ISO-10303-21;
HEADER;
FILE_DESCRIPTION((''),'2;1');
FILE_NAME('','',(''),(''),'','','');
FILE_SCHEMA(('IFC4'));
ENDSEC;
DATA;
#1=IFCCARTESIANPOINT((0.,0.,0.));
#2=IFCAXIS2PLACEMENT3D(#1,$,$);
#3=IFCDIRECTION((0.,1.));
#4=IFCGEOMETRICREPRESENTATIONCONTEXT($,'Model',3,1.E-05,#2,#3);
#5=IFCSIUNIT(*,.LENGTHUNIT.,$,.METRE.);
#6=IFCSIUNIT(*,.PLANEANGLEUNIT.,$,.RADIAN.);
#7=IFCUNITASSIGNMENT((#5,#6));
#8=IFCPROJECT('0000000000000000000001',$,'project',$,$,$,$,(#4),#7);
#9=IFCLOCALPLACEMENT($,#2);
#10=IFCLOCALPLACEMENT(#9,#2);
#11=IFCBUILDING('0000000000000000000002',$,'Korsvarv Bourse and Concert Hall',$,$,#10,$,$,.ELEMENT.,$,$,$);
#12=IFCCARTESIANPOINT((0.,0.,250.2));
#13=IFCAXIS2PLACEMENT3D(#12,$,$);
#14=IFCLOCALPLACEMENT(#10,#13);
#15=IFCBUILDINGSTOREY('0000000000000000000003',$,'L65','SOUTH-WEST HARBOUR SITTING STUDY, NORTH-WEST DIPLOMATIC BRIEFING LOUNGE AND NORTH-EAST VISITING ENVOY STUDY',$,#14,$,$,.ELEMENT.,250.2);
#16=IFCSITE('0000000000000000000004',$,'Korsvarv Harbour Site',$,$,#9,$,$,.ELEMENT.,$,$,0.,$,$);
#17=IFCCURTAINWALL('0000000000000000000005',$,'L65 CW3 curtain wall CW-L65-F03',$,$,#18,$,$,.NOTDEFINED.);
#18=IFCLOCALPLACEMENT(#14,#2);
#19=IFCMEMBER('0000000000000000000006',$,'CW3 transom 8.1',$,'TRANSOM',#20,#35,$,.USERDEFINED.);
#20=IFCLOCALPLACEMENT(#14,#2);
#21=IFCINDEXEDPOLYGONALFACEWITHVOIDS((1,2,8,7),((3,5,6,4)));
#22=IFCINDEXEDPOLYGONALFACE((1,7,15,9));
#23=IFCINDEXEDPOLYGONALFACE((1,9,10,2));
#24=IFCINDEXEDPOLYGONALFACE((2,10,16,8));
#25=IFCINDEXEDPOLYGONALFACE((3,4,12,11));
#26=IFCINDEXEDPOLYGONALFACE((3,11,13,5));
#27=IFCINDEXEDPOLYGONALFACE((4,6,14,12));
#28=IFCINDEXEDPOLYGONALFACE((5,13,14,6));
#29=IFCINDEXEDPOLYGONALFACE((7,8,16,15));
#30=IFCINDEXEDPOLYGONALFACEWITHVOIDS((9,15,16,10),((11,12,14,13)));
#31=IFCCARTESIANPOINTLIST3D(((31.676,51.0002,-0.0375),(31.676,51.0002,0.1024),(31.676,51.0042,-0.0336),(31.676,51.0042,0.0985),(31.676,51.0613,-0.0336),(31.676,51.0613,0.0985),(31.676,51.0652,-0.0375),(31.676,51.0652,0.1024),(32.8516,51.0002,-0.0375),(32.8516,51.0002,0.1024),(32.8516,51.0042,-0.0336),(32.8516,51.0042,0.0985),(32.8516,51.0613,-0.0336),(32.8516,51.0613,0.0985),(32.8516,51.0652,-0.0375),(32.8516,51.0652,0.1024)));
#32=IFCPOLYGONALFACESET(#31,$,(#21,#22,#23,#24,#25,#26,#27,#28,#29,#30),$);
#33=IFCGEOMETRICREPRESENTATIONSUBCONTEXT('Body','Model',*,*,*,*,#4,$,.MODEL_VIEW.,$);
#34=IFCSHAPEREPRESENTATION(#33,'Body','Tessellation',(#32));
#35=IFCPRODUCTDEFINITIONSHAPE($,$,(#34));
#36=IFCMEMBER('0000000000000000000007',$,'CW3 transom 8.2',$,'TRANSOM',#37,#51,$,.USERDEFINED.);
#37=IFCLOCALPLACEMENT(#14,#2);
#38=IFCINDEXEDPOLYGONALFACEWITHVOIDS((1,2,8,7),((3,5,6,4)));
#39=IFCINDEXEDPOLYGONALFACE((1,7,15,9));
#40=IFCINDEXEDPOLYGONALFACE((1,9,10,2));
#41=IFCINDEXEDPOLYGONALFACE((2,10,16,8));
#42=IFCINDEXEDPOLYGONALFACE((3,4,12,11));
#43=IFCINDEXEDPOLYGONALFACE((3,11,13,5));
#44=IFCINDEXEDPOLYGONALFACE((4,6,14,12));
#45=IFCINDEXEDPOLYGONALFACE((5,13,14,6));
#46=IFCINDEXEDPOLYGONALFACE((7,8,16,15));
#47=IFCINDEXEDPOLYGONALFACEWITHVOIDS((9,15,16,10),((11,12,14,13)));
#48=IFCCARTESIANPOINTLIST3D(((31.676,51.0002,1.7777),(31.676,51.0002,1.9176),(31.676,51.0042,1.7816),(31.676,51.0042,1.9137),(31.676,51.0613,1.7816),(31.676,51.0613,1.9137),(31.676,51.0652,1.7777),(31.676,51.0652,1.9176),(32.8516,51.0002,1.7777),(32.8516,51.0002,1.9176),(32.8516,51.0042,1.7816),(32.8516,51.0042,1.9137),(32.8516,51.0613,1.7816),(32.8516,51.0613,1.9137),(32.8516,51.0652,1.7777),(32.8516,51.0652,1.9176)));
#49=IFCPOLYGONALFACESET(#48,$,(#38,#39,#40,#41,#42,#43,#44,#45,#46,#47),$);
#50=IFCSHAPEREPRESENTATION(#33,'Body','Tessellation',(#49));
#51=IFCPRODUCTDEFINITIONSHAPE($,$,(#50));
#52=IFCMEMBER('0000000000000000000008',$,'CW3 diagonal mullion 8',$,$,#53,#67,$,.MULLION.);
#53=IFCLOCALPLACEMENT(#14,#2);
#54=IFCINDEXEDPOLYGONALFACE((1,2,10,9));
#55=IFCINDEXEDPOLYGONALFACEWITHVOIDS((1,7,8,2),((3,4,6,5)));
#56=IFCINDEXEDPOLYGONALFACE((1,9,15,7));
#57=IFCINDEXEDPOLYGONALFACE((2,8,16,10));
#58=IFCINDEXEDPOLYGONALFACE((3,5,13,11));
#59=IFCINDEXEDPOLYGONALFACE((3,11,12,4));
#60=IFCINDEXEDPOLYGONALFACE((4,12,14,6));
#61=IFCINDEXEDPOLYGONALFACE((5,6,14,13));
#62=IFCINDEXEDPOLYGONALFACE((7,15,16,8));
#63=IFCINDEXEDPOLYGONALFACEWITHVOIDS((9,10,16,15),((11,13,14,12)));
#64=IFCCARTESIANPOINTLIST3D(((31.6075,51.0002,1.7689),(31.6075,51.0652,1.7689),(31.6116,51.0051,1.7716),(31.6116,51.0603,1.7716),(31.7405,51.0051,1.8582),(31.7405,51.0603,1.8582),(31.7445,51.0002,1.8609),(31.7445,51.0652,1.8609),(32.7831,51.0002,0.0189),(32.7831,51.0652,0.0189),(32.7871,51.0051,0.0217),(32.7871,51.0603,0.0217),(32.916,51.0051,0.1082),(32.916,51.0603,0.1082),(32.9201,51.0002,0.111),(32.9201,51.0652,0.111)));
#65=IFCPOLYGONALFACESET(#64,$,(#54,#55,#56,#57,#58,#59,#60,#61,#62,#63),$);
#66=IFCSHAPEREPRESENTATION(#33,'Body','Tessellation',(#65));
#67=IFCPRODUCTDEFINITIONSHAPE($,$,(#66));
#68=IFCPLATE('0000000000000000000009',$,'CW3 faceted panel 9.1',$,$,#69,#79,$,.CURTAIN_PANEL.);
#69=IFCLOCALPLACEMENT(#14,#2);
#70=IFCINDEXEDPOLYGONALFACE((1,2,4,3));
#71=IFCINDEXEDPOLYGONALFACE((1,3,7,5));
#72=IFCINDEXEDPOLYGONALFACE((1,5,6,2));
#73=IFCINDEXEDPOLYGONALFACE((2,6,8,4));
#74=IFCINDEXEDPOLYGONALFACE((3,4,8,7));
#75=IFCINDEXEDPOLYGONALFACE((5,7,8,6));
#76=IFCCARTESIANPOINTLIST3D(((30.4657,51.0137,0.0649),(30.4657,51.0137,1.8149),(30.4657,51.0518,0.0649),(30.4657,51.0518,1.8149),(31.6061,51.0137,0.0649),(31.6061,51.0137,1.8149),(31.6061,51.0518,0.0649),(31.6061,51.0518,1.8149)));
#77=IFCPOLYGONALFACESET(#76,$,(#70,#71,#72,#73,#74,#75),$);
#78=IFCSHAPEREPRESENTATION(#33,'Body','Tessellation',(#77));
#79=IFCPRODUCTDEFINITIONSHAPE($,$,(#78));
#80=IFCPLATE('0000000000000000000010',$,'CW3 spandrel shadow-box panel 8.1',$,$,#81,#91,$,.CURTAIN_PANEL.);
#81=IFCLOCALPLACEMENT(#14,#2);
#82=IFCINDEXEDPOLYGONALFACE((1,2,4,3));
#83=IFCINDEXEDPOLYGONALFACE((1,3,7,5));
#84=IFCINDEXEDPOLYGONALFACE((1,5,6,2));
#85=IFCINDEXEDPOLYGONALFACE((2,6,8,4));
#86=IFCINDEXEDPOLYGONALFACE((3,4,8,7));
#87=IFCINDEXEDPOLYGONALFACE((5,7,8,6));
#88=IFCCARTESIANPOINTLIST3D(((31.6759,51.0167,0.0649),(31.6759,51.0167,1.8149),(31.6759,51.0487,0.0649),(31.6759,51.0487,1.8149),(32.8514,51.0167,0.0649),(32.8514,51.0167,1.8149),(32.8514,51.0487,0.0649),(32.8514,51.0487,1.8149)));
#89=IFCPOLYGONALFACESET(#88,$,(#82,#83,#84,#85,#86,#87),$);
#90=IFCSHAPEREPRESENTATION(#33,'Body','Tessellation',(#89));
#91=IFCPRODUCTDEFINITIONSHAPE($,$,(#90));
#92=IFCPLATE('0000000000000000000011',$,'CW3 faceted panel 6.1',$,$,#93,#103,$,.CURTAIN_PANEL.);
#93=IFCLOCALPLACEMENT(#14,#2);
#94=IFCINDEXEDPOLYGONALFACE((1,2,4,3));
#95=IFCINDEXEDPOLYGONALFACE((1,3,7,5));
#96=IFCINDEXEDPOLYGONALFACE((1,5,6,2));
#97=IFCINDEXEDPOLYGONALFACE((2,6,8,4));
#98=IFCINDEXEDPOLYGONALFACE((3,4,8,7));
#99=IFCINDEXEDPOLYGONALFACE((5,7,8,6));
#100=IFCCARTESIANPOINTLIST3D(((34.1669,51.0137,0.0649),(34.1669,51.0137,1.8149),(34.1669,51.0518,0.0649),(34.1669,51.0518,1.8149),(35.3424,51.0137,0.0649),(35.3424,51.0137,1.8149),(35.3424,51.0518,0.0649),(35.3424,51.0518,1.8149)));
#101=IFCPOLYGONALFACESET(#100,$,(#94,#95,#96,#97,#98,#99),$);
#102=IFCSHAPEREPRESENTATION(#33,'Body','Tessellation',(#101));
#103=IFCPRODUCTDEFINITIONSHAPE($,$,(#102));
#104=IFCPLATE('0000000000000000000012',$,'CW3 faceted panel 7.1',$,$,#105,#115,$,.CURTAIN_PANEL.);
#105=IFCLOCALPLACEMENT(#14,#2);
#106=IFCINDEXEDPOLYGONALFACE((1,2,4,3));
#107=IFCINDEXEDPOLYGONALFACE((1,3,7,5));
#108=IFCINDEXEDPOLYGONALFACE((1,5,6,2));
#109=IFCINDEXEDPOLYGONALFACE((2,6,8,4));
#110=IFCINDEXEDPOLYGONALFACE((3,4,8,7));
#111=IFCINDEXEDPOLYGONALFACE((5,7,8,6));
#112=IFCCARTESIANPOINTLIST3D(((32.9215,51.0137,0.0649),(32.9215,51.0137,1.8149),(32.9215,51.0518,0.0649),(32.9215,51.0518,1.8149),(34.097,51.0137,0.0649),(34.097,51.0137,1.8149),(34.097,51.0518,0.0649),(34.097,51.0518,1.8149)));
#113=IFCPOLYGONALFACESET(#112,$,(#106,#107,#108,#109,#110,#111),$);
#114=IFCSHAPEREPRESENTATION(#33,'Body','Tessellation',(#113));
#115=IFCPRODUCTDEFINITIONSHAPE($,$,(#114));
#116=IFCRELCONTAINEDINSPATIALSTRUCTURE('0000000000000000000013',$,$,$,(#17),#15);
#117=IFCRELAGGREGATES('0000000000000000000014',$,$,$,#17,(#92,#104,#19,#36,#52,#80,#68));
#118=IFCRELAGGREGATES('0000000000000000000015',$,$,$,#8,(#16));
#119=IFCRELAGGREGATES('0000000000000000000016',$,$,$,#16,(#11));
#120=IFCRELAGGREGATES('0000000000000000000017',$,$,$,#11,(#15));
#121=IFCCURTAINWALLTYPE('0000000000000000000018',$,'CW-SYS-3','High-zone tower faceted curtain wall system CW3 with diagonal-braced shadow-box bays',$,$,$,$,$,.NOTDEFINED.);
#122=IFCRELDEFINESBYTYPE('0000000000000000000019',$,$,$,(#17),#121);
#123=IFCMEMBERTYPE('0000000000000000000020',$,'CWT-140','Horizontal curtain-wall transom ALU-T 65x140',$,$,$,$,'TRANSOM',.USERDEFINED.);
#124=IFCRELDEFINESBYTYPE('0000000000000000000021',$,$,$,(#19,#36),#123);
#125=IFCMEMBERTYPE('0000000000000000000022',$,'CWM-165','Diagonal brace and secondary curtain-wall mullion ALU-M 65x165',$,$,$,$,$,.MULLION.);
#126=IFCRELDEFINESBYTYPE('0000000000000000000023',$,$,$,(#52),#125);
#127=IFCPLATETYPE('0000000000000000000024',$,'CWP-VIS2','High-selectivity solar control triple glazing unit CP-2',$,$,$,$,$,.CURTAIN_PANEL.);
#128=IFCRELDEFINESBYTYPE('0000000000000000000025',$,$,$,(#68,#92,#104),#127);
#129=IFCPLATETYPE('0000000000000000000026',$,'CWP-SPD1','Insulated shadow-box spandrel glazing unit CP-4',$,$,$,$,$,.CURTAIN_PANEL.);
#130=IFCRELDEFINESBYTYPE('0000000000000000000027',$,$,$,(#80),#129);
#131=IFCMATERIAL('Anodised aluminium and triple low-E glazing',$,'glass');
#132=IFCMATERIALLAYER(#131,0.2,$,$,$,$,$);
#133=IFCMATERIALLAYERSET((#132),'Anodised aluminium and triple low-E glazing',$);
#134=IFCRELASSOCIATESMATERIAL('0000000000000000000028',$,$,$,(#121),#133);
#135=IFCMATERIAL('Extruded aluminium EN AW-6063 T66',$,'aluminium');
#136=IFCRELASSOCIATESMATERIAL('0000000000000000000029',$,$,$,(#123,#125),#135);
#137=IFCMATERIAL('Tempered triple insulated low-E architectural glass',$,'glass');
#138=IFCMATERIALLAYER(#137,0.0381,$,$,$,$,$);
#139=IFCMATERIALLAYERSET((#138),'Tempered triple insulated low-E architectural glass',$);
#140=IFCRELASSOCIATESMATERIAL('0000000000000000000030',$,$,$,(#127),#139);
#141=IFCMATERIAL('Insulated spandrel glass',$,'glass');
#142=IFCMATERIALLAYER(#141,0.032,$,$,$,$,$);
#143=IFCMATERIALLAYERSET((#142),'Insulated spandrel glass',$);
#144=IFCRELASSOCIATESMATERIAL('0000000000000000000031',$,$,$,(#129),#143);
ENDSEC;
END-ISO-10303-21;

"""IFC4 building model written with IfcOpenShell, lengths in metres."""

from ifc_helpers import new_model, si_unit, direction, frame, origin, origin_2d, place, context, subcontext, project, spatial, rectangle, hollow_rectangle, extrude, source, transform, mapped, material, layer, layer_set, material_profile, profile_set, type_object, element, aggregate, save


model = new_model("IFC4")

# Units and contexts
model_context = context("Model", 3, precision=1e-05, world=origin(), true_north=direction((0.0, 1.0)))
body_context = subcontext(model_context, "Body", "Model", "MODEL_VIEW")
ifc_project = project(units=[si_unit("LENGTHUNIT", "METRE"), si_unit("PLANEANGLEUNIT", "RADIAN")], contexts=[model_context])

# Site, building, storey
site_placement = place(None, origin())
site = spatial("IfcSite", under=ifc_project, at=site_placement, Name="Korsvarv Harbour Site", CompositionType="ELEMENT", RefElevation=0.0)
building_placement = place(site_placement, origin())
building = spatial("IfcBuilding", under=site, at=building_placement, Name="Korsvarv Bourse and Concert Hall", CompositionType="ELEMENT")
storey_placement = place(building_placement, frame((0.0, 0.0, 250.2)))
storey = spatial("IfcBuildingStorey", under=building, at=storey_placement, Name="L65", Description="SOUTH-WEST HARBOUR SITTING STUDY, NORTH-WEST DIPLOMATIC BRIEFING LOUNGE AND NORTH-EAST VISITING ENVOY STUDY", CompositionType="ELEMENT", Elevation=250.2)

# Curtain wall, members, plates
ifc_material_1 = material(Name="Anodised aluminium and triple low-E glazing", Category="glass")
ifc_layer_1 = layer(ifc_material_1, 0.2)
ifc_layer_set_1 = layer_set([ifc_layer_1], Name="Anodised aluminium and triple low-E glazing")
curtain_wall_type = type_object("IfcCurtainWallType", Name="CW-SYS-3", Description="High-zone tower faceted curtain wall system CW3 with diagonal-braced shadow-box bays", PredefinedType="NOTDEFINED", material=ifc_layer_set_1)
curtain_wall_placement = place(storey_placement, origin())
curtain_wall = element("IfcCurtainWall", 1, at=curtain_wall_placement, inside=storey, type_object=curtain_wall_type, Name="L65 CW3 curtain wall CW-L65-F03", PredefinedType="NOTDEFINED")
ifc_material_2 = material(Name="Extruded aluminium EN AW-6063 T66", Category="aluminium")
ifc_material_profile_1 = material_profile(ifc_material_2, hollow_rectangle(XDim=0.0649, YDim=0.1399, WallThickness=0.0039, at=origin_2d()), Name="ALU-T 65x140")
ifc_profile_set_1 = profile_set([ifc_material_profile_1], Name="Extruded aluminium EN AW-6063 T66")
member_type_1 = type_object("IfcMemberType", Name="CWT-140", Description="Horizontal curtain-wall transom ALU-T 65x140", ElementType="TRANSOM", PredefinedType="USERDEFINED", material=ifc_profile_set_1)
shared_shape_1 = source(origin(), body_context, "Body", "SweptSolid", [
    extrude(hollow_rectangle(XDim=0.0649, YDim=0.1399, WallThickness=0.0039, at=origin_2d()), origin(), (0.0, 0.0, 1.0), 1.1755),
])
member_1_placement = place(storey_placement, frame((32.8516, 51.0327, 0.0325), z_axis=(-1.0, 0.0, 0.0), x_axis=(0.0, -1.0, 0.0)))
member_1 = element("IfcMember", 2, at=member_1_placement, type_object=member_type_1, Name="CW3 transom 8.1", ObjectType="TRANSOM", PredefinedType="USERDEFINED", context=body_context, shape_type="MappedRepresentation", body=[
    mapped(shared_shape_1, transform((0.0, 0.0, 0.0), scale=1.0)),
])
member_2_placement = place(storey_placement, frame((32.8516, 51.0327, 1.8477), z_axis=(-1.0, 0.0, 0.0), x_axis=(0.0, -1.0, 0.0)))
member_2 = element("IfcMember", 3, at=member_2_placement, type_object=member_type_1, Name="CW3 transom 8.2", ObjectType="TRANSOM", PredefinedType="USERDEFINED", context=body_context, shape_type="MappedRepresentation", body=[
    mapped(shared_shape_1, transform((0.0, 0.0, 0.0), scale=1.0)),
])
ifc_material_profile_2 = material_profile(ifc_material_2, hollow_rectangle(XDim=0.0649, YDim=0.165, WallThickness=0.0049, at=origin_2d()), Name="ALU-M 65x165")
ifc_profile_set_2 = profile_set([ifc_material_profile_2], Name="Extruded aluminium EN AW-6063 T66")
member_type_2 = type_object("IfcMemberType", Name="CWM-165", Description="Diagonal brace and secondary curtain-wall mullion ALU-M 65x165", PredefinedType="MULLION", material=ifc_profile_set_2)
shared_shape_2 = source(origin(), body_context, "Body", "SweptSolid", [
    extrude(hollow_rectangle(XDim=0.0649, YDim=0.165, WallThickness=0.0049, at=origin_2d()), origin(), (0.0, 0.0, 1.0), 2.1082),
])
member_3_placement = place(storey_placement, frame((32.8516, 51.0327, 0.0649), z_axis=(-0.55761, 0.0, 0.830103), x_axis=(0.0, -1.0, 0.0)))
member_3 = element("IfcMember", 4, at=member_3_placement, type_object=member_type_2, Name="CW3 diagonal mullion 8", PredefinedType="MULLION", context=body_context, shape_type="MappedRepresentation", body=[
    mapped(shared_shape_2, transform((0.0, 0.0, 0.0), scale=1.0)),
])
ifc_material_3 = material(Name="Tempered triple insulated low-E architectural glass", Category="glass")
ifc_layer_2 = layer(ifc_material_3, 0.0381)
ifc_layer_set_2 = layer_set([ifc_layer_2], Name="Tempered triple insulated low-E architectural glass")
plate_type_1 = type_object("IfcPlateType", Name="CWP-VIS2", Description="High-selectivity solar control triple glazing unit CP-2", PredefinedType="CURTAIN_PANEL", material=ifc_layer_set_2)
shared_shape_3 = source(origin(), body_context, "Body", "SweptSolid", [
    extrude(rectangle(XDim=1.1404, YDim=0.0381, at=origin_2d()), origin(), (0.0, 0.0, 1.0), 1.75),
])
plate_1_placement = place(storey_placement, frame((31.0359, 51.0327, 0.0649), z_axis=(0.0, 0.0, 1.0), x_axis=(-1.0, 0.0, 0.0)))
plate_1 = element("IfcPlate", 5, at=plate_1_placement, type_object=plate_type_1, Name="CW3 faceted panel 9.1", PredefinedType="CURTAIN_PANEL", context=body_context, shape_type="MappedRepresentation", body=[
    mapped(shared_shape_3, transform((0.0, 0.0, 0.0), scale=1.0)),
])
ifc_material_4 = material(Name="Insulated spandrel glass", Category="glass")
ifc_layer_3 = layer(ifc_material_4, 0.032)
ifc_layer_set_3 = layer_set([ifc_layer_3], Name="Insulated spandrel glass")
plate_type_2 = type_object("IfcPlateType", Name="CWP-SPD1", Description="Insulated shadow-box spandrel glazing unit CP-4", PredefinedType="CURTAIN_PANEL", material=ifc_layer_set_3)
shared_shape_4 = source(origin(), body_context, "Body", "SweptSolid", [
    extrude(rectangle(XDim=1.1755, YDim=0.032, at=origin_2d()), origin(), (0.0, 0.0, 1.0), 1.75),
])
plate_2_placement = place(storey_placement, frame((32.2637, 51.0327, 0.0649), z_axis=(0.0, 0.0, 1.0), x_axis=(-1.0, 0.0, 0.0)))
plate_2 = element("IfcPlate", 6, at=plate_2_placement, type_object=plate_type_2, Name="CW3 spandrel shadow-box panel 8.1", PredefinedType="CURTAIN_PANEL", context=body_context, shape_type="MappedRepresentation", body=[
    mapped(shared_shape_4, transform((0.0, 0.0, 0.0), scale=1.0)),
])
shared_shape_5 = source(origin(), body_context, "Body", "SweptSolid", [
    extrude(rectangle(XDim=1.1755, YDim=0.0381, at=origin_2d()), origin(), (0.0, 0.0, 1.0), 1.75),
])
plate_3_placement = place(storey_placement, frame((34.7546, 51.0327, 0.0649), z_axis=(0.0, 0.0, 1.0), x_axis=(-1.0, 0.0, 0.0)))
plate_3 = element("IfcPlate", 7, at=plate_3_placement, type_object=plate_type_1, Name="CW3 faceted panel 6.1", PredefinedType="CURTAIN_PANEL", context=body_context, shape_type="MappedRepresentation", body=[
    mapped(shared_shape_5, transform((0.0, 0.0, 0.0), scale=1.0)),
])
plate_4_placement = place(storey_placement, frame((33.5093, 51.0327, 0.0649), z_axis=(0.0, 0.0, 1.0), x_axis=(-1.0, 0.0, 0.0)))
plate_4 = element("IfcPlate", 8, at=plate_4_placement, type_object=plate_type_1, Name="CW3 faceted panel 7.1", PredefinedType="CURTAIN_PANEL", context=body_context, shape_type="MappedRepresentation", body=[
    mapped(shared_shape_5, transform((0.0, 0.0, 0.0), scale=1.0)),
])
aggregate(curtain_wall, [plate_3, plate_4, member_1, member_2, member_3, plate_2, plate_1])

save(model, "model.ifc")
